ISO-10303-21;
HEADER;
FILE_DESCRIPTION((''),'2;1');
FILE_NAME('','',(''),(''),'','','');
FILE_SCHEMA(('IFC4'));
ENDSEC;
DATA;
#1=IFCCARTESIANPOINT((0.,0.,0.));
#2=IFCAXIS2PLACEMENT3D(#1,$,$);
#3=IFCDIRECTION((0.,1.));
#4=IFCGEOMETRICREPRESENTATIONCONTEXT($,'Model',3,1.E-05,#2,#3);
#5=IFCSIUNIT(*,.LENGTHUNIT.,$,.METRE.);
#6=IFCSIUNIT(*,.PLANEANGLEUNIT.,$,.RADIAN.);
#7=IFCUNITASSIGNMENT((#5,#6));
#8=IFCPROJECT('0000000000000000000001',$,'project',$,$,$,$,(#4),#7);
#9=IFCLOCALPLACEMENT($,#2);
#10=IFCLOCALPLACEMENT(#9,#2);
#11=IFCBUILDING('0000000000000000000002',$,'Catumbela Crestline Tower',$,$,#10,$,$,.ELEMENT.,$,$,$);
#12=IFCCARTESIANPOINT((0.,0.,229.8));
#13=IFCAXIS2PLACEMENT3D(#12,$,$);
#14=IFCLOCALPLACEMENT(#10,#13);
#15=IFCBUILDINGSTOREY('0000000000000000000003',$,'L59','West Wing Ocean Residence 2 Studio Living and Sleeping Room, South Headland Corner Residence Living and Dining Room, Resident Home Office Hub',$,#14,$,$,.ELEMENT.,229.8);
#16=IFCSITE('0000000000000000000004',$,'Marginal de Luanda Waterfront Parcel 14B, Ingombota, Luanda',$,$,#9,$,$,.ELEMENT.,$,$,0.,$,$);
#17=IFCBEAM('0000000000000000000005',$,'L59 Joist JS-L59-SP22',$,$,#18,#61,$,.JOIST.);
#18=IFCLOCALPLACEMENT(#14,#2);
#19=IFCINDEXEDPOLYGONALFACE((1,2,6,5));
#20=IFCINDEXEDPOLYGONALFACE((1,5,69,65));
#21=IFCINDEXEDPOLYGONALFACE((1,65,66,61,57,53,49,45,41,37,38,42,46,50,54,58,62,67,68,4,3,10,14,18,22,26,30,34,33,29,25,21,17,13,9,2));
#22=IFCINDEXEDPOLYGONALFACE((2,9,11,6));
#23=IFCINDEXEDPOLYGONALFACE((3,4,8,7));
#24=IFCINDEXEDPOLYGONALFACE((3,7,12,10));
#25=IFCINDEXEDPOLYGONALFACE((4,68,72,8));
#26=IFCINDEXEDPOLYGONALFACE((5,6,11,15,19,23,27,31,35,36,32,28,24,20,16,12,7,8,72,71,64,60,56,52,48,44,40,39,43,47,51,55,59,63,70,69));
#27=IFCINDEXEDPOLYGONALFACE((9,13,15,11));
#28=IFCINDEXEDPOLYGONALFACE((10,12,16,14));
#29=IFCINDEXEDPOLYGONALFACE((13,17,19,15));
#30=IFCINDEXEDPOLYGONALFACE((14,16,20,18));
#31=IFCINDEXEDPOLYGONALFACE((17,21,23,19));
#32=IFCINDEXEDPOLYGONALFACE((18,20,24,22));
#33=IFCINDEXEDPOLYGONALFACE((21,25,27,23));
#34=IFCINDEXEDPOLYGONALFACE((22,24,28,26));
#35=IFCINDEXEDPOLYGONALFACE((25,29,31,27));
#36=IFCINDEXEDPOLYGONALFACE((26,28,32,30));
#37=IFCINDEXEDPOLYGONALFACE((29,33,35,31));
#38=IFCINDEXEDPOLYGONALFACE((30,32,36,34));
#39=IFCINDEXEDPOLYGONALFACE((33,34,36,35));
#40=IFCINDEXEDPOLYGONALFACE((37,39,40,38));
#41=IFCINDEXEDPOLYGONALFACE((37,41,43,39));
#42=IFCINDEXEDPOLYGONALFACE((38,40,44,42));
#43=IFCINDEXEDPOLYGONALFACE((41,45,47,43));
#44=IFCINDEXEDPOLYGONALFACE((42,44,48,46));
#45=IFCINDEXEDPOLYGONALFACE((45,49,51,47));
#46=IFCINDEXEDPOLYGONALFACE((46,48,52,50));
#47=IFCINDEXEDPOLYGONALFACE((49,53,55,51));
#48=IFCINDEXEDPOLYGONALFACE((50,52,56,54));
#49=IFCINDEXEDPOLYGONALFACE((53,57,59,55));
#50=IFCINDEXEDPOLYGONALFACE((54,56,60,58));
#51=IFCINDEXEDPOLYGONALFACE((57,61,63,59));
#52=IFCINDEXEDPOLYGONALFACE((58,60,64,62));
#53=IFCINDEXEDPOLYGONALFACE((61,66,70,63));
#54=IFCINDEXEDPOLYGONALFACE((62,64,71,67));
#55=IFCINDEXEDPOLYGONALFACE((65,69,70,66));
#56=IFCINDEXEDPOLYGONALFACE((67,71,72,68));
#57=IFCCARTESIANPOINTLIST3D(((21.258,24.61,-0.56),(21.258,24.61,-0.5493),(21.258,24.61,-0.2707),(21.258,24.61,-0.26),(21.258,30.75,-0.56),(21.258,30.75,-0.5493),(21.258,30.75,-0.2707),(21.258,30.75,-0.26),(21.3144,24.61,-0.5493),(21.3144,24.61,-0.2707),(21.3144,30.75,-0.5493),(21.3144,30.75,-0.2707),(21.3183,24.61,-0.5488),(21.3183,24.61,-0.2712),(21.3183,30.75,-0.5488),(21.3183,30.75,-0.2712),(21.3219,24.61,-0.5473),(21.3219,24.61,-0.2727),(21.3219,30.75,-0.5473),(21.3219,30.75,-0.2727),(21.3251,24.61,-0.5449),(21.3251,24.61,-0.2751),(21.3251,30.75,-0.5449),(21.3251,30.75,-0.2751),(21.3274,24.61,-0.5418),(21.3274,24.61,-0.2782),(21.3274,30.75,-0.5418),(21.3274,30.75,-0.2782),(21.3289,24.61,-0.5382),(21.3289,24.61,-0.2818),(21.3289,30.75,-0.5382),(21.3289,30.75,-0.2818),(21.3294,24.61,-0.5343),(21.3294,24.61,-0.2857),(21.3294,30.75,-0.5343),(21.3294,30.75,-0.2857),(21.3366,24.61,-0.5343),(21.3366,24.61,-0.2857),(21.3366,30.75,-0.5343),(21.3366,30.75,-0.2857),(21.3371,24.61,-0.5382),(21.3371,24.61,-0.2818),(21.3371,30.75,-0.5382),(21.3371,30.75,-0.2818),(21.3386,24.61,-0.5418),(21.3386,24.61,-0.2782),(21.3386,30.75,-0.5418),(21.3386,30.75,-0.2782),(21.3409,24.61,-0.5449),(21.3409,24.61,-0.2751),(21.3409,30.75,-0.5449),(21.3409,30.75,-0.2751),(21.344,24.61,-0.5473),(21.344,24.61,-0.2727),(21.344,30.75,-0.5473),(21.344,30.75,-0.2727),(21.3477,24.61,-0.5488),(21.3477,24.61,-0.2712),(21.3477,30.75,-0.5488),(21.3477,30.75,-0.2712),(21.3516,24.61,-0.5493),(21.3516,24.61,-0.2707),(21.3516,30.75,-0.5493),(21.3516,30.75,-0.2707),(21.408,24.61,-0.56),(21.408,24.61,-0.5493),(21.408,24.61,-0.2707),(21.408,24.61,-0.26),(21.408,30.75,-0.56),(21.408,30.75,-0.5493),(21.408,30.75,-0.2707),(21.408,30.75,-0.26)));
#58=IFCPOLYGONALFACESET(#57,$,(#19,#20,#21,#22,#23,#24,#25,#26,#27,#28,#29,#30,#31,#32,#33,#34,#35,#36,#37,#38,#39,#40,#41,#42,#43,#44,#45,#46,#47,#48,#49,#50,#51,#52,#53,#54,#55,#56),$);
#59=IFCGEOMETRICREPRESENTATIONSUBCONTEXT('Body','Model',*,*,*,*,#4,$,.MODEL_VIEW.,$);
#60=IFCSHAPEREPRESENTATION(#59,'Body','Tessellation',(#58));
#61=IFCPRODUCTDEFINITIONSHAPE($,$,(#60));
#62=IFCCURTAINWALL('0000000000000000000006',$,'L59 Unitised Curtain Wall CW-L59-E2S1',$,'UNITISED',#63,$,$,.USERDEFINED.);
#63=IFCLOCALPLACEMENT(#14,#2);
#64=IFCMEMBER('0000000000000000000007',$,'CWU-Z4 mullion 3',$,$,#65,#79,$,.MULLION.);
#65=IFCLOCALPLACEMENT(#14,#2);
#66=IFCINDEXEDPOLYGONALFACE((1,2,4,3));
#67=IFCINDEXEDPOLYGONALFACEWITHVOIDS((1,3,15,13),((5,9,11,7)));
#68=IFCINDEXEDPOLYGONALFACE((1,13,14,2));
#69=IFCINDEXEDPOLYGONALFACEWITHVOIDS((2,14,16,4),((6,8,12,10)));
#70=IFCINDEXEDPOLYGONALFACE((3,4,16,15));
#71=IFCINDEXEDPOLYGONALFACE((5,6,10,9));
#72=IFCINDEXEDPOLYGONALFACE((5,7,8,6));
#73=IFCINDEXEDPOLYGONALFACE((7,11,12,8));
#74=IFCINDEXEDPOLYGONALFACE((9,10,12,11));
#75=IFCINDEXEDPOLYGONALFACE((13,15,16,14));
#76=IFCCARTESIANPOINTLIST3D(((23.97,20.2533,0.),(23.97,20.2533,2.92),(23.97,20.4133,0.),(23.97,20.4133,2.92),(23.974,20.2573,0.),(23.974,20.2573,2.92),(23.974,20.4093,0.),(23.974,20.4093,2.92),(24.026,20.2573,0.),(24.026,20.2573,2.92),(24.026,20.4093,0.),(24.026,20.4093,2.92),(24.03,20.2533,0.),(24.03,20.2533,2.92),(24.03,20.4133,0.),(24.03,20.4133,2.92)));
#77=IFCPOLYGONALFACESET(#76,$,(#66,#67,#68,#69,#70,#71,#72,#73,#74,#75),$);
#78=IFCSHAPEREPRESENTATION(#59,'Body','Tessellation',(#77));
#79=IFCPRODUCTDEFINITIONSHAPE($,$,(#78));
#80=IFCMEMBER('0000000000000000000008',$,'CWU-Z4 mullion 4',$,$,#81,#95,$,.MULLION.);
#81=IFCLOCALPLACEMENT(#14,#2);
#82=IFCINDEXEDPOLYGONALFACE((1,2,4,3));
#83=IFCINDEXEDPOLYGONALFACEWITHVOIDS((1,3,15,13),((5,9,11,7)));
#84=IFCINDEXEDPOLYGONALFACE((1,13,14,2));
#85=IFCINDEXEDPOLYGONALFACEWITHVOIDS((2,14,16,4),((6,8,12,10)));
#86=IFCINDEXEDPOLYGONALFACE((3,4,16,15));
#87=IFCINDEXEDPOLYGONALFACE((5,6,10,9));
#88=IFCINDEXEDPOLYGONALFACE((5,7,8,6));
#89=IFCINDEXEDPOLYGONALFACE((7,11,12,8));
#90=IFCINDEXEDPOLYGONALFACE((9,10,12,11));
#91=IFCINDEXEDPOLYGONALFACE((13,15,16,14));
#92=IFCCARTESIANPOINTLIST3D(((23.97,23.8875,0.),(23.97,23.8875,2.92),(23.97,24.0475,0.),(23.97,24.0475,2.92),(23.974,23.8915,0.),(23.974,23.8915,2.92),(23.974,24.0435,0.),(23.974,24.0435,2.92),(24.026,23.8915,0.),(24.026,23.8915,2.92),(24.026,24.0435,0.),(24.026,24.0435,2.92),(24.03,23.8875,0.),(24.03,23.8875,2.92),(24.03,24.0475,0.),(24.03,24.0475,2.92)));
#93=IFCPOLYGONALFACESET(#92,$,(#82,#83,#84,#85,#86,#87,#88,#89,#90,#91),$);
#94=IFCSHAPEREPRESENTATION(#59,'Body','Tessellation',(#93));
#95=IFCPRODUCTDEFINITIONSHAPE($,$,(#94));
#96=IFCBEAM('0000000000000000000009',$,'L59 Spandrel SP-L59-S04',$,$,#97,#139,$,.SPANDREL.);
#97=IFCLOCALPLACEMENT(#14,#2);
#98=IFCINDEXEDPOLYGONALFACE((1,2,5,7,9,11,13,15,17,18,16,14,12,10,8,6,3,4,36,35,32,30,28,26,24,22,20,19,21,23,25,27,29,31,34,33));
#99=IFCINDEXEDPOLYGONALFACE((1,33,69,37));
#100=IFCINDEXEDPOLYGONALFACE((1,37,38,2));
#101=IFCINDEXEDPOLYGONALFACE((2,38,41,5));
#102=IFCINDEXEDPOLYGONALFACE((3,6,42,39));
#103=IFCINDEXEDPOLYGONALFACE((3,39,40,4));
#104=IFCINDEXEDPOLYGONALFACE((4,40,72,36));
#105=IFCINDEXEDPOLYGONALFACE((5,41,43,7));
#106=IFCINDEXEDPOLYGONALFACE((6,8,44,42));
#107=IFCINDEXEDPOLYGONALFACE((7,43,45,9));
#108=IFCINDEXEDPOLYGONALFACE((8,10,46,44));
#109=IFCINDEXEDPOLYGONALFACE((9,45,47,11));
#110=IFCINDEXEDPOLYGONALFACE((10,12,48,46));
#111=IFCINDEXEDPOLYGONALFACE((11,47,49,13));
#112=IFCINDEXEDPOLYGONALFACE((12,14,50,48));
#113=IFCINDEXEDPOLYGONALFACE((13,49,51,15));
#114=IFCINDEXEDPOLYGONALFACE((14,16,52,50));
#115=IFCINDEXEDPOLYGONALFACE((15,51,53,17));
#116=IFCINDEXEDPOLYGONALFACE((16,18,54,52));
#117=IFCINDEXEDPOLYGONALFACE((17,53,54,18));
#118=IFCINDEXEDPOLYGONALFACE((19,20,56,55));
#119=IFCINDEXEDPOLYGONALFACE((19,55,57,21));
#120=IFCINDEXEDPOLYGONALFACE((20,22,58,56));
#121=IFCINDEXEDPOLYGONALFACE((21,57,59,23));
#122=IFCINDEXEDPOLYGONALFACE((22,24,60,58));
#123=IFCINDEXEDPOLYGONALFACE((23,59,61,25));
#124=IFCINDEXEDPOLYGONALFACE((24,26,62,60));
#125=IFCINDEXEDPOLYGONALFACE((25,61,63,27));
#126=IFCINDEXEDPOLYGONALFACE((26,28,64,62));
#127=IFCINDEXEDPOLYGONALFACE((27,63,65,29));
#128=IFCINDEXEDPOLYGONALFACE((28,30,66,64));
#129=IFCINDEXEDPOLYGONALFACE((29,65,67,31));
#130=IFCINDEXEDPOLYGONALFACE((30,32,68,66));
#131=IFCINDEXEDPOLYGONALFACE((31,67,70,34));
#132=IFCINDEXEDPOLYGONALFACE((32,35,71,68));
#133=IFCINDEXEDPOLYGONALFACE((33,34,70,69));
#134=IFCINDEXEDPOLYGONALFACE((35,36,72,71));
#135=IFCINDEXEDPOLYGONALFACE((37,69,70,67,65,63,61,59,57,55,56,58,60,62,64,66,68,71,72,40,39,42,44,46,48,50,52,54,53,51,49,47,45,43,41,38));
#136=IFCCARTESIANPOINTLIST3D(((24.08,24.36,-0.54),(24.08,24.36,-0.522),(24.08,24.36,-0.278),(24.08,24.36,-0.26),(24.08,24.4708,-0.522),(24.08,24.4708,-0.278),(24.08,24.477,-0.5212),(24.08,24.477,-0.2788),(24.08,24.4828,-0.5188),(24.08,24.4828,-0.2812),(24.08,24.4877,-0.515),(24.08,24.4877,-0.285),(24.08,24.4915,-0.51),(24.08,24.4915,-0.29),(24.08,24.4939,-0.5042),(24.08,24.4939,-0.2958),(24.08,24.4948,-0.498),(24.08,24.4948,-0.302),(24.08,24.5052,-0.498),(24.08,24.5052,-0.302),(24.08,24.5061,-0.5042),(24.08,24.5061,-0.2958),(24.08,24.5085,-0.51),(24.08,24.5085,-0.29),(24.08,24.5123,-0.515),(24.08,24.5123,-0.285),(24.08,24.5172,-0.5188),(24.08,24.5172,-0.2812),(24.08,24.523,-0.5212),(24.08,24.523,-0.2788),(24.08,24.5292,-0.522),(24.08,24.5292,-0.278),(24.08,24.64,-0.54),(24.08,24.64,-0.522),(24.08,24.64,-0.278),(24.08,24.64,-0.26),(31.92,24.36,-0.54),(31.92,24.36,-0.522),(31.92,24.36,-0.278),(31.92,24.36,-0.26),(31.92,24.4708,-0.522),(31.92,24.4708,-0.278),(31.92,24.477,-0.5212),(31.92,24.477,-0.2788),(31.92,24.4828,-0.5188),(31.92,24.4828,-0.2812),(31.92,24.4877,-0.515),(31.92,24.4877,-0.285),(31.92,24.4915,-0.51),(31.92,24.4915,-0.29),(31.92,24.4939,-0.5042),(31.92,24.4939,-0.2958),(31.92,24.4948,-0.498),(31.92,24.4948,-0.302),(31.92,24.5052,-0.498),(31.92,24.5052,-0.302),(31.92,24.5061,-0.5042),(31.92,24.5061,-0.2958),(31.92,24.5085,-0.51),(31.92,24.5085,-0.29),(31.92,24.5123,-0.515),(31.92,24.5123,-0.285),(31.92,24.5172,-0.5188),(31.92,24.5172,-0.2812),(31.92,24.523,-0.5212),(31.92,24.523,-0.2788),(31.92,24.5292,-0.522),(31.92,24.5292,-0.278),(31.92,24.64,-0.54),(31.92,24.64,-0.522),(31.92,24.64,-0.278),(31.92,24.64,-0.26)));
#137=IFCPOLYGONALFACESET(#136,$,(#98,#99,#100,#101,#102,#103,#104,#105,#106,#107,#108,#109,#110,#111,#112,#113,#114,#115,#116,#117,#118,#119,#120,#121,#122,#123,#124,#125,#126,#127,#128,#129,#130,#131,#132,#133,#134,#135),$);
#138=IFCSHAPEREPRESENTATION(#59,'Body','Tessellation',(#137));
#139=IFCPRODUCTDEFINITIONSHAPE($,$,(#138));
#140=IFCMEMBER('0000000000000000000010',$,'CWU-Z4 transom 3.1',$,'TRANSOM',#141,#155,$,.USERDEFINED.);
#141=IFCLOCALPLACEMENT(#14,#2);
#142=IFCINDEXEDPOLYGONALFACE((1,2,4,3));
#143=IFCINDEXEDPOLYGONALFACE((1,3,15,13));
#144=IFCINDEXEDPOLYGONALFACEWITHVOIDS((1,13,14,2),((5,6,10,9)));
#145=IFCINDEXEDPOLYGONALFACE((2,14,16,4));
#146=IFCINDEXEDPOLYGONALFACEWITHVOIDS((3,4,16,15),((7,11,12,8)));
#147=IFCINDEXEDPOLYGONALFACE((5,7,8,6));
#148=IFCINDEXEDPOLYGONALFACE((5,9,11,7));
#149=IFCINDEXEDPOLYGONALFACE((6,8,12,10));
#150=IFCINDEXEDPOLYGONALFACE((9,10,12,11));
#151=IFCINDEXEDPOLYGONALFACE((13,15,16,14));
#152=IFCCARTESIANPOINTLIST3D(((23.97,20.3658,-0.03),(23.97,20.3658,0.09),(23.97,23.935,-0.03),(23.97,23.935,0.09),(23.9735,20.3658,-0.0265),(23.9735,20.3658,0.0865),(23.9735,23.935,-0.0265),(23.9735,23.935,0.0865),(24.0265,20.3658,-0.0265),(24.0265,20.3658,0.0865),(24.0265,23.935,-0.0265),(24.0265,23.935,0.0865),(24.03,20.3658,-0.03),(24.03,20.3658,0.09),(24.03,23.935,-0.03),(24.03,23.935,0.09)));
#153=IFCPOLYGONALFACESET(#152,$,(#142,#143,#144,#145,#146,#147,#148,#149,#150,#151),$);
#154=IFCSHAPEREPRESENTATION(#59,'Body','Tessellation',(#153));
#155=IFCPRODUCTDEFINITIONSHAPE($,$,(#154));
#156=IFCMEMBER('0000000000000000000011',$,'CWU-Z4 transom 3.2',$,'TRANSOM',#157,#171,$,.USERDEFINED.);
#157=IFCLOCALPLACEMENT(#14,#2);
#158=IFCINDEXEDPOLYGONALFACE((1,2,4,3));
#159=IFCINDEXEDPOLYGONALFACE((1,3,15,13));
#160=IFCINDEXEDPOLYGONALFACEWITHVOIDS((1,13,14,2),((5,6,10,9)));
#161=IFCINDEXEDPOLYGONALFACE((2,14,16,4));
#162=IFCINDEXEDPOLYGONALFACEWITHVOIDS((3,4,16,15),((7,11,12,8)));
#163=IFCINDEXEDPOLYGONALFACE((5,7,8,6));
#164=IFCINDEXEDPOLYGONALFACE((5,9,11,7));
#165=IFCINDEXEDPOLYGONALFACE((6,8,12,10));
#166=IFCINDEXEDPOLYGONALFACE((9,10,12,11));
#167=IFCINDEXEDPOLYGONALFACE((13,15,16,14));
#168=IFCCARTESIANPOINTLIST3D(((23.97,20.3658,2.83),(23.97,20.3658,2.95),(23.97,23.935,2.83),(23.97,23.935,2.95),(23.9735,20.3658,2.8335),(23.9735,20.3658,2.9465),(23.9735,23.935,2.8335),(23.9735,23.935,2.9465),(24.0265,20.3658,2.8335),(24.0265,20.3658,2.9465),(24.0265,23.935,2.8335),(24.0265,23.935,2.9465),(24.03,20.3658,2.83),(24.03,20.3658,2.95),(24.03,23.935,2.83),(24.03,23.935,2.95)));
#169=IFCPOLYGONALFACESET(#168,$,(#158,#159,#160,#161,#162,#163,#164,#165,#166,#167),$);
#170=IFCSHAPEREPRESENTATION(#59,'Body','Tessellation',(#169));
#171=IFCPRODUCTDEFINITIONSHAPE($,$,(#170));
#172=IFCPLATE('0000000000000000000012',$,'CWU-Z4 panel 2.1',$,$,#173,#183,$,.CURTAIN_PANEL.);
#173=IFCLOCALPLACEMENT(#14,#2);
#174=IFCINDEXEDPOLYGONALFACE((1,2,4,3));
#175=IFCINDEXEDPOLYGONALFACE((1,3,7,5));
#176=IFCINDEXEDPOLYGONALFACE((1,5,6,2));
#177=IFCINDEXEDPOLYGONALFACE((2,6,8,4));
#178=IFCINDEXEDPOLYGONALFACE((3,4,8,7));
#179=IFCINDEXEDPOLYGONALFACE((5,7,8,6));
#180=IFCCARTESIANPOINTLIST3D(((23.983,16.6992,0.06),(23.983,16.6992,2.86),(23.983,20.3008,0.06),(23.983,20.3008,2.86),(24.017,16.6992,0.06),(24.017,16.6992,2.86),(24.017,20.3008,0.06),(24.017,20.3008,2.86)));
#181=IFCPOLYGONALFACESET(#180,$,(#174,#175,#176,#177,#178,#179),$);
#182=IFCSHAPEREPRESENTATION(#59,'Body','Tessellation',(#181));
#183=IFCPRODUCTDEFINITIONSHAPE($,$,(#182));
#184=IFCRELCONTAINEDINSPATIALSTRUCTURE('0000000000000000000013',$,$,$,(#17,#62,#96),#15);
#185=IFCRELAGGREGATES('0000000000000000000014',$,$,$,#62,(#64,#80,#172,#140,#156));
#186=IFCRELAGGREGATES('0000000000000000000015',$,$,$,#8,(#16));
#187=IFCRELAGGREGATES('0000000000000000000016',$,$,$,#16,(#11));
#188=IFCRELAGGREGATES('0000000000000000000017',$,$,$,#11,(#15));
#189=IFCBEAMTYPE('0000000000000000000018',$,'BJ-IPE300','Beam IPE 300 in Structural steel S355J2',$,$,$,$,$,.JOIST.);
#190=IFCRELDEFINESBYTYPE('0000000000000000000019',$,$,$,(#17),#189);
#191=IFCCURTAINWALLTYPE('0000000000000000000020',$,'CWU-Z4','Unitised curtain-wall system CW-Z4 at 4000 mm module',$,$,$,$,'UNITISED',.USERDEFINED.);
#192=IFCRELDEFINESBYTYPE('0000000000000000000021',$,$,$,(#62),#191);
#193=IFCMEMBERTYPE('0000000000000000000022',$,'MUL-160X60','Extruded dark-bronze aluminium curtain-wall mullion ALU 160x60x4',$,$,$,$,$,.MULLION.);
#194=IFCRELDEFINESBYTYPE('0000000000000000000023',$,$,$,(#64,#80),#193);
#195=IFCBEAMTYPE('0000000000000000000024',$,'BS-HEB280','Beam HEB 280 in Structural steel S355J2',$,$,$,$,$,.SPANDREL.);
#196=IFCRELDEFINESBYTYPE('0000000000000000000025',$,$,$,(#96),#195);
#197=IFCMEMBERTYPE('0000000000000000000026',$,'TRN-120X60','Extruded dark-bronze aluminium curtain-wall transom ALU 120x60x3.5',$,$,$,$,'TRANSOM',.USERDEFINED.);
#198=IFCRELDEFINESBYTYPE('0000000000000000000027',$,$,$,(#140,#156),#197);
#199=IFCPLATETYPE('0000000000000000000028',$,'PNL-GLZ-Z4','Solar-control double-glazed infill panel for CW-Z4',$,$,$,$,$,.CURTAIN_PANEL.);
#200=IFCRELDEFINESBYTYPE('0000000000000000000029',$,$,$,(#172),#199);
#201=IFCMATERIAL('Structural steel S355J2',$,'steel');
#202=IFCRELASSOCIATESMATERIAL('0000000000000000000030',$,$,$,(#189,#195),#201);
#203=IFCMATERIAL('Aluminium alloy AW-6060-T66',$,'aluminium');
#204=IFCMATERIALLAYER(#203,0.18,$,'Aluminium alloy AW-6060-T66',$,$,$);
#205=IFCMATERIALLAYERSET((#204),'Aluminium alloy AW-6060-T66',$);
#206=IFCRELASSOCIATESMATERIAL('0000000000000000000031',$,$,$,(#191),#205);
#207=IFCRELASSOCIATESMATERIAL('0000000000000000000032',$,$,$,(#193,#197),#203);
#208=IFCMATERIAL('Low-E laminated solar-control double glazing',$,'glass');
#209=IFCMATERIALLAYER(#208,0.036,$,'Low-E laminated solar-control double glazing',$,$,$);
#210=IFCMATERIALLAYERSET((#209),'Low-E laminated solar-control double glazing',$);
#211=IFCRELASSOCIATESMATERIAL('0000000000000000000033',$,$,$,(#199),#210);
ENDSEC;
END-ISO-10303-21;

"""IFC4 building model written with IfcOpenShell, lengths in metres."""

from ifc_helpers import new_model, si_unit, direction, frame, origin, origin_2d, place, context, subcontext, project, spatial, rectangle, hollow_rectangle, i_section, extrude, material, layer, layer_set, material_profile, profile_set, type_object, element, aggregate, save


model = new_model("IFC4")

# Units and contexts
model_context = context("Model", 3, precision=1e-05, world=origin(), true_north=direction((0.0, 1.0)))
body_context = subcontext(model_context, "Body", "Model", "MODEL_VIEW")
ifc_project = project(units=[si_unit("LENGTHUNIT", "METRE"), si_unit("PLANEANGLEUNIT", "RADIAN")], contexts=[model_context])

# Site, building, storey
site_placement = place(None, origin())
site = spatial("IfcSite", under=ifc_project, at=site_placement, Name="Marginal de Luanda Waterfront Parcel 14B, Ingombota, Luanda", CompositionType="ELEMENT", RefElevation=0.0)
building_placement = place(site_placement, origin())
building = spatial("IfcBuilding", under=site, at=building_placement, Name="Catumbela Crestline Tower", CompositionType="ELEMENT")
storey_placement = place(building_placement, frame((0.0, 0.0, 229.8)))
storey = spatial("IfcBuildingStorey", under=building, at=storey_placement, Name="L59", Description="West Wing Ocean Residence 2 Studio Living and Sleeping Room, South Headland Corner Residence Living and Dining Room, Resident Home Office Hub", CompositionType="ELEMENT", Elevation=229.8)

# Shared definitions
ifc_material_1 = material(Name="Structural steel S355J2", Category="steel")

# Beam
ifc_material_profile_1 = material_profile(ifc_material_1, i_section(OverallWidth=0.15, OverallDepth=0.3, WebThickness=0.0071, FlangeThickness=0.0107, FilletRadius=0.015, at=origin_2d()), Name="IPE 300")
ifc_profile_set_1 = profile_set([ifc_material_profile_1], Name="Structural steel S355J2")
beam_type_1 = type_object("IfcBeamType", Name="BJ-IPE300", Description="Beam IPE 300 in Structural steel S355J2", PredefinedType="JOIST", material=ifc_profile_set_1)
for number, where, z_axis, x_axis, name in (
    (1, (21.333, 24.61, -0.41), (0.0, 1.0, 0.0), (-1.0, 0.0, 0.0), "L59 Joist JS-L59-SP22"),
):
    element("IfcBeam", number, at=place(storey_placement, frame(where, z_axis=z_axis, x_axis=x_axis)), inside=storey, type_object=beam_type_1, Name=name, PredefinedType="JOIST", context=body_context, shape_type="SweptSolid", body=[
        extrude(i_section(OverallWidth=0.15, OverallDepth=0.3, WebThickness=0.0071, FlangeThickness=0.0107, FilletRadius=0.015, at=origin_2d()), origin(), (0.0, 0.0, 1.0), 6.14),
    ])

# Curtain wall, members
ifc_material_2 = material(Name="Aluminium alloy AW-6060-T66", Category="aluminium")
ifc_layer_1 = layer(ifc_material_2, 0.18, Name="Aluminium alloy AW-6060-T66")
ifc_layer_set_1 = layer_set([ifc_layer_1], Name="Aluminium alloy AW-6060-T66")
curtain_wall_type = type_object("IfcCurtainWallType", Name="CWU-Z4", Description="Unitised curtain-wall system CW-Z4 at 4000 mm module", ElementType="UNITISED", PredefinedType="USERDEFINED", material=ifc_layer_set_1)
curtain_wall_placement = place(storey_placement, origin())
curtain_wall = element("IfcCurtainWall", 2, at=curtain_wall_placement, inside=storey, type_object=curtain_wall_type, Name="L59 Unitised Curtain Wall CW-L59-E2S1", ObjectType="UNITISED", PredefinedType="USERDEFINED")
ifc_material_profile_2 = material_profile(ifc_material_2, hollow_rectangle(XDim=0.06, YDim=0.16, WallThickness=0.004, at=origin_2d()), Name="ALU 160x60x4")
ifc_profile_set_2 = profile_set([ifc_material_profile_2], Name="Aluminium alloy AW-6060-T66")
member_type_1 = type_object("IfcMemberType", Name="MUL-160X60", Description="Extruded dark-bronze aluminium curtain-wall mullion ALU 160x60x4", PredefinedType="MULLION", material=ifc_profile_set_2)
member_1_placement = place(storey_placement, frame((24.0, 20.3333, 0.0), z_axis=(0.0, 0.0, 1.0), x_axis=(-1.0, 0.0, 0.0)))
member_1 = element("IfcMember", 3, at=member_1_placement, type_object=member_type_1, Name="CWU-Z4 mullion 3", PredefinedType="MULLION", context=body_context, shape_type="SweptSolid", body=[
    extrude(hollow_rectangle(XDim=0.06, YDim=0.16, WallThickness=0.004, at=origin_2d()), origin(), (0.0, 0.0, 1.0), 2.92),
])
member_2_placement = place(storey_placement, frame((24.0, 23.9675, 0.0), z_axis=(0.0, 0.0, 1.0), x_axis=(-1.0, 0.0, 0.0)))
member_2 = element("IfcMember", 4, at=member_2_placement, type_object=member_type_1, Name="CWU-Z4 mullion 4", PredefinedType="MULLION", context=body_context, shape_type="SweptSolid", body=[
    extrude(hollow_rectangle(XDim=0.06, YDim=0.16, WallThickness=0.004, at=origin_2d()), origin(), (0.0, 0.0, 1.0), 2.92),
])

# Beam
ifc_material_profile_3 = material_profile(ifc_material_1, i_section(OverallWidth=0.28, OverallDepth=0.28, WebThickness=0.0105, FlangeThickness=0.018, FilletRadius=0.024, at=origin_2d()), Name="HEB 280")
ifc_profile_set_3 = profile_set([ifc_material_profile_3], Name="Structural steel S355J2")
beam_type_2 = type_object("IfcBeamType", Name="BS-HEB280", Description="Beam HEB 280 in Structural steel S355J2", PredefinedType="SPANDREL", material=ifc_profile_set_3)
beam_1_placement = place(storey_placement, frame((24.08, 24.5, -0.4), z_axis=(1.0, 0.0, 0.0), x_axis=(0.0, 1.0, 0.0)))
element("IfcBeam", 5, at=beam_1_placement, inside=storey, type_object=beam_type_2, Name="L59 Spandrel SP-L59-S04", PredefinedType="SPANDREL", context=body_context, shape_type="SweptSolid", body=[
    extrude(i_section(OverallWidth=0.28, OverallDepth=0.28, WebThickness=0.0105, FlangeThickness=0.018, FilletRadius=0.024, at=origin_2d()), origin(), (0.0, 0.0, 1.0), 7.84),
])

# Members
ifc_material_profile_4 = material_profile(ifc_material_2, hollow_rectangle(XDim=0.06, YDim=0.12, WallThickness=0.0035, at=origin_2d()), Name="ALU 120x60x3.5")
ifc_profile_set_4 = profile_set([ifc_material_profile_4], Name="Aluminium alloy AW-6060-T66")
member_type_2 = type_object("IfcMemberType", Name="TRN-120X60", Description="Extruded dark-bronze aluminium curtain-wall transom ALU 120x60x3.5", ElementType="TRANSOM", PredefinedType="USERDEFINED", material=ifc_profile_set_4)
member_3_placement = place(storey_placement, frame((24.0, 20.3658, 0.03), z_axis=(0.0, 1.0, 0.0), x_axis=(-1.0, 0.0, 0.0)))
member_3 = element("IfcMember", 6, at=member_3_placement, type_object=member_type_2, Name="CWU-Z4 transom 3.1", ObjectType="TRANSOM", PredefinedType="USERDEFINED", context=body_context, shape_type="SweptSolid", body=[
    extrude(hollow_rectangle(XDim=0.06, YDim=0.12, WallThickness=0.0035, at=origin_2d()), origin(), (0.0, 0.0, 1.0), 3.5692),
])
member_4_placement = place(storey_placement, frame((24.0, 20.3658, 2.89), z_axis=(0.0, 1.0, 0.0), x_axis=(-1.0, 0.0, 0.0)))
member_4 = element("IfcMember", 7, at=member_4_placement, type_object=member_type_2, Name="CWU-Z4 transom 3.2", ObjectType="TRANSOM", PredefinedType="USERDEFINED", context=body_context, shape_type="SweptSolid", body=[
    extrude(hollow_rectangle(XDim=0.06, YDim=0.12, WallThickness=0.0035, at=origin_2d()), origin(), (0.0, 0.0, 1.0), 3.5692),
])

# Plate
ifc_material_3 = material(Name="Low-E laminated solar-control double glazing", Category="glass")
ifc_layer_2 = layer(ifc_material_3, 0.036, Name="Low-E laminated solar-control double glazing")
ifc_layer_set_2 = layer_set([ifc_layer_2], Name="Low-E laminated solar-control double glazing")
plate_type = type_object("IfcPlateType", Name="PNL-GLZ-Z4", Description="Solar-control double-glazed infill panel for CW-Z4", PredefinedType="CURTAIN_PANEL", material=ifc_layer_set_2)
plate_1_placement = place(storey_placement, frame((24.0, 18.5, 0.06), z_axis=(0.0, 0.0, 1.0), x_axis=(0.0, 1.0, 0.0)))
plate_1 = element("IfcPlate", 8, at=plate_1_placement, type_object=plate_type, Name="CWU-Z4 panel 2.1", PredefinedType="CURTAIN_PANEL", context=body_context, shape_type="SweptSolid", body=[
    extrude(rectangle(XDim=3.6017, YDim=0.034, at=origin_2d()), origin(), (0.0, 0.0, 1.0), 2.8),
])
aggregate(curtain_wall, [member_1, member_2, plate_1, member_3, member_4])

save(model, "model.ifc")
